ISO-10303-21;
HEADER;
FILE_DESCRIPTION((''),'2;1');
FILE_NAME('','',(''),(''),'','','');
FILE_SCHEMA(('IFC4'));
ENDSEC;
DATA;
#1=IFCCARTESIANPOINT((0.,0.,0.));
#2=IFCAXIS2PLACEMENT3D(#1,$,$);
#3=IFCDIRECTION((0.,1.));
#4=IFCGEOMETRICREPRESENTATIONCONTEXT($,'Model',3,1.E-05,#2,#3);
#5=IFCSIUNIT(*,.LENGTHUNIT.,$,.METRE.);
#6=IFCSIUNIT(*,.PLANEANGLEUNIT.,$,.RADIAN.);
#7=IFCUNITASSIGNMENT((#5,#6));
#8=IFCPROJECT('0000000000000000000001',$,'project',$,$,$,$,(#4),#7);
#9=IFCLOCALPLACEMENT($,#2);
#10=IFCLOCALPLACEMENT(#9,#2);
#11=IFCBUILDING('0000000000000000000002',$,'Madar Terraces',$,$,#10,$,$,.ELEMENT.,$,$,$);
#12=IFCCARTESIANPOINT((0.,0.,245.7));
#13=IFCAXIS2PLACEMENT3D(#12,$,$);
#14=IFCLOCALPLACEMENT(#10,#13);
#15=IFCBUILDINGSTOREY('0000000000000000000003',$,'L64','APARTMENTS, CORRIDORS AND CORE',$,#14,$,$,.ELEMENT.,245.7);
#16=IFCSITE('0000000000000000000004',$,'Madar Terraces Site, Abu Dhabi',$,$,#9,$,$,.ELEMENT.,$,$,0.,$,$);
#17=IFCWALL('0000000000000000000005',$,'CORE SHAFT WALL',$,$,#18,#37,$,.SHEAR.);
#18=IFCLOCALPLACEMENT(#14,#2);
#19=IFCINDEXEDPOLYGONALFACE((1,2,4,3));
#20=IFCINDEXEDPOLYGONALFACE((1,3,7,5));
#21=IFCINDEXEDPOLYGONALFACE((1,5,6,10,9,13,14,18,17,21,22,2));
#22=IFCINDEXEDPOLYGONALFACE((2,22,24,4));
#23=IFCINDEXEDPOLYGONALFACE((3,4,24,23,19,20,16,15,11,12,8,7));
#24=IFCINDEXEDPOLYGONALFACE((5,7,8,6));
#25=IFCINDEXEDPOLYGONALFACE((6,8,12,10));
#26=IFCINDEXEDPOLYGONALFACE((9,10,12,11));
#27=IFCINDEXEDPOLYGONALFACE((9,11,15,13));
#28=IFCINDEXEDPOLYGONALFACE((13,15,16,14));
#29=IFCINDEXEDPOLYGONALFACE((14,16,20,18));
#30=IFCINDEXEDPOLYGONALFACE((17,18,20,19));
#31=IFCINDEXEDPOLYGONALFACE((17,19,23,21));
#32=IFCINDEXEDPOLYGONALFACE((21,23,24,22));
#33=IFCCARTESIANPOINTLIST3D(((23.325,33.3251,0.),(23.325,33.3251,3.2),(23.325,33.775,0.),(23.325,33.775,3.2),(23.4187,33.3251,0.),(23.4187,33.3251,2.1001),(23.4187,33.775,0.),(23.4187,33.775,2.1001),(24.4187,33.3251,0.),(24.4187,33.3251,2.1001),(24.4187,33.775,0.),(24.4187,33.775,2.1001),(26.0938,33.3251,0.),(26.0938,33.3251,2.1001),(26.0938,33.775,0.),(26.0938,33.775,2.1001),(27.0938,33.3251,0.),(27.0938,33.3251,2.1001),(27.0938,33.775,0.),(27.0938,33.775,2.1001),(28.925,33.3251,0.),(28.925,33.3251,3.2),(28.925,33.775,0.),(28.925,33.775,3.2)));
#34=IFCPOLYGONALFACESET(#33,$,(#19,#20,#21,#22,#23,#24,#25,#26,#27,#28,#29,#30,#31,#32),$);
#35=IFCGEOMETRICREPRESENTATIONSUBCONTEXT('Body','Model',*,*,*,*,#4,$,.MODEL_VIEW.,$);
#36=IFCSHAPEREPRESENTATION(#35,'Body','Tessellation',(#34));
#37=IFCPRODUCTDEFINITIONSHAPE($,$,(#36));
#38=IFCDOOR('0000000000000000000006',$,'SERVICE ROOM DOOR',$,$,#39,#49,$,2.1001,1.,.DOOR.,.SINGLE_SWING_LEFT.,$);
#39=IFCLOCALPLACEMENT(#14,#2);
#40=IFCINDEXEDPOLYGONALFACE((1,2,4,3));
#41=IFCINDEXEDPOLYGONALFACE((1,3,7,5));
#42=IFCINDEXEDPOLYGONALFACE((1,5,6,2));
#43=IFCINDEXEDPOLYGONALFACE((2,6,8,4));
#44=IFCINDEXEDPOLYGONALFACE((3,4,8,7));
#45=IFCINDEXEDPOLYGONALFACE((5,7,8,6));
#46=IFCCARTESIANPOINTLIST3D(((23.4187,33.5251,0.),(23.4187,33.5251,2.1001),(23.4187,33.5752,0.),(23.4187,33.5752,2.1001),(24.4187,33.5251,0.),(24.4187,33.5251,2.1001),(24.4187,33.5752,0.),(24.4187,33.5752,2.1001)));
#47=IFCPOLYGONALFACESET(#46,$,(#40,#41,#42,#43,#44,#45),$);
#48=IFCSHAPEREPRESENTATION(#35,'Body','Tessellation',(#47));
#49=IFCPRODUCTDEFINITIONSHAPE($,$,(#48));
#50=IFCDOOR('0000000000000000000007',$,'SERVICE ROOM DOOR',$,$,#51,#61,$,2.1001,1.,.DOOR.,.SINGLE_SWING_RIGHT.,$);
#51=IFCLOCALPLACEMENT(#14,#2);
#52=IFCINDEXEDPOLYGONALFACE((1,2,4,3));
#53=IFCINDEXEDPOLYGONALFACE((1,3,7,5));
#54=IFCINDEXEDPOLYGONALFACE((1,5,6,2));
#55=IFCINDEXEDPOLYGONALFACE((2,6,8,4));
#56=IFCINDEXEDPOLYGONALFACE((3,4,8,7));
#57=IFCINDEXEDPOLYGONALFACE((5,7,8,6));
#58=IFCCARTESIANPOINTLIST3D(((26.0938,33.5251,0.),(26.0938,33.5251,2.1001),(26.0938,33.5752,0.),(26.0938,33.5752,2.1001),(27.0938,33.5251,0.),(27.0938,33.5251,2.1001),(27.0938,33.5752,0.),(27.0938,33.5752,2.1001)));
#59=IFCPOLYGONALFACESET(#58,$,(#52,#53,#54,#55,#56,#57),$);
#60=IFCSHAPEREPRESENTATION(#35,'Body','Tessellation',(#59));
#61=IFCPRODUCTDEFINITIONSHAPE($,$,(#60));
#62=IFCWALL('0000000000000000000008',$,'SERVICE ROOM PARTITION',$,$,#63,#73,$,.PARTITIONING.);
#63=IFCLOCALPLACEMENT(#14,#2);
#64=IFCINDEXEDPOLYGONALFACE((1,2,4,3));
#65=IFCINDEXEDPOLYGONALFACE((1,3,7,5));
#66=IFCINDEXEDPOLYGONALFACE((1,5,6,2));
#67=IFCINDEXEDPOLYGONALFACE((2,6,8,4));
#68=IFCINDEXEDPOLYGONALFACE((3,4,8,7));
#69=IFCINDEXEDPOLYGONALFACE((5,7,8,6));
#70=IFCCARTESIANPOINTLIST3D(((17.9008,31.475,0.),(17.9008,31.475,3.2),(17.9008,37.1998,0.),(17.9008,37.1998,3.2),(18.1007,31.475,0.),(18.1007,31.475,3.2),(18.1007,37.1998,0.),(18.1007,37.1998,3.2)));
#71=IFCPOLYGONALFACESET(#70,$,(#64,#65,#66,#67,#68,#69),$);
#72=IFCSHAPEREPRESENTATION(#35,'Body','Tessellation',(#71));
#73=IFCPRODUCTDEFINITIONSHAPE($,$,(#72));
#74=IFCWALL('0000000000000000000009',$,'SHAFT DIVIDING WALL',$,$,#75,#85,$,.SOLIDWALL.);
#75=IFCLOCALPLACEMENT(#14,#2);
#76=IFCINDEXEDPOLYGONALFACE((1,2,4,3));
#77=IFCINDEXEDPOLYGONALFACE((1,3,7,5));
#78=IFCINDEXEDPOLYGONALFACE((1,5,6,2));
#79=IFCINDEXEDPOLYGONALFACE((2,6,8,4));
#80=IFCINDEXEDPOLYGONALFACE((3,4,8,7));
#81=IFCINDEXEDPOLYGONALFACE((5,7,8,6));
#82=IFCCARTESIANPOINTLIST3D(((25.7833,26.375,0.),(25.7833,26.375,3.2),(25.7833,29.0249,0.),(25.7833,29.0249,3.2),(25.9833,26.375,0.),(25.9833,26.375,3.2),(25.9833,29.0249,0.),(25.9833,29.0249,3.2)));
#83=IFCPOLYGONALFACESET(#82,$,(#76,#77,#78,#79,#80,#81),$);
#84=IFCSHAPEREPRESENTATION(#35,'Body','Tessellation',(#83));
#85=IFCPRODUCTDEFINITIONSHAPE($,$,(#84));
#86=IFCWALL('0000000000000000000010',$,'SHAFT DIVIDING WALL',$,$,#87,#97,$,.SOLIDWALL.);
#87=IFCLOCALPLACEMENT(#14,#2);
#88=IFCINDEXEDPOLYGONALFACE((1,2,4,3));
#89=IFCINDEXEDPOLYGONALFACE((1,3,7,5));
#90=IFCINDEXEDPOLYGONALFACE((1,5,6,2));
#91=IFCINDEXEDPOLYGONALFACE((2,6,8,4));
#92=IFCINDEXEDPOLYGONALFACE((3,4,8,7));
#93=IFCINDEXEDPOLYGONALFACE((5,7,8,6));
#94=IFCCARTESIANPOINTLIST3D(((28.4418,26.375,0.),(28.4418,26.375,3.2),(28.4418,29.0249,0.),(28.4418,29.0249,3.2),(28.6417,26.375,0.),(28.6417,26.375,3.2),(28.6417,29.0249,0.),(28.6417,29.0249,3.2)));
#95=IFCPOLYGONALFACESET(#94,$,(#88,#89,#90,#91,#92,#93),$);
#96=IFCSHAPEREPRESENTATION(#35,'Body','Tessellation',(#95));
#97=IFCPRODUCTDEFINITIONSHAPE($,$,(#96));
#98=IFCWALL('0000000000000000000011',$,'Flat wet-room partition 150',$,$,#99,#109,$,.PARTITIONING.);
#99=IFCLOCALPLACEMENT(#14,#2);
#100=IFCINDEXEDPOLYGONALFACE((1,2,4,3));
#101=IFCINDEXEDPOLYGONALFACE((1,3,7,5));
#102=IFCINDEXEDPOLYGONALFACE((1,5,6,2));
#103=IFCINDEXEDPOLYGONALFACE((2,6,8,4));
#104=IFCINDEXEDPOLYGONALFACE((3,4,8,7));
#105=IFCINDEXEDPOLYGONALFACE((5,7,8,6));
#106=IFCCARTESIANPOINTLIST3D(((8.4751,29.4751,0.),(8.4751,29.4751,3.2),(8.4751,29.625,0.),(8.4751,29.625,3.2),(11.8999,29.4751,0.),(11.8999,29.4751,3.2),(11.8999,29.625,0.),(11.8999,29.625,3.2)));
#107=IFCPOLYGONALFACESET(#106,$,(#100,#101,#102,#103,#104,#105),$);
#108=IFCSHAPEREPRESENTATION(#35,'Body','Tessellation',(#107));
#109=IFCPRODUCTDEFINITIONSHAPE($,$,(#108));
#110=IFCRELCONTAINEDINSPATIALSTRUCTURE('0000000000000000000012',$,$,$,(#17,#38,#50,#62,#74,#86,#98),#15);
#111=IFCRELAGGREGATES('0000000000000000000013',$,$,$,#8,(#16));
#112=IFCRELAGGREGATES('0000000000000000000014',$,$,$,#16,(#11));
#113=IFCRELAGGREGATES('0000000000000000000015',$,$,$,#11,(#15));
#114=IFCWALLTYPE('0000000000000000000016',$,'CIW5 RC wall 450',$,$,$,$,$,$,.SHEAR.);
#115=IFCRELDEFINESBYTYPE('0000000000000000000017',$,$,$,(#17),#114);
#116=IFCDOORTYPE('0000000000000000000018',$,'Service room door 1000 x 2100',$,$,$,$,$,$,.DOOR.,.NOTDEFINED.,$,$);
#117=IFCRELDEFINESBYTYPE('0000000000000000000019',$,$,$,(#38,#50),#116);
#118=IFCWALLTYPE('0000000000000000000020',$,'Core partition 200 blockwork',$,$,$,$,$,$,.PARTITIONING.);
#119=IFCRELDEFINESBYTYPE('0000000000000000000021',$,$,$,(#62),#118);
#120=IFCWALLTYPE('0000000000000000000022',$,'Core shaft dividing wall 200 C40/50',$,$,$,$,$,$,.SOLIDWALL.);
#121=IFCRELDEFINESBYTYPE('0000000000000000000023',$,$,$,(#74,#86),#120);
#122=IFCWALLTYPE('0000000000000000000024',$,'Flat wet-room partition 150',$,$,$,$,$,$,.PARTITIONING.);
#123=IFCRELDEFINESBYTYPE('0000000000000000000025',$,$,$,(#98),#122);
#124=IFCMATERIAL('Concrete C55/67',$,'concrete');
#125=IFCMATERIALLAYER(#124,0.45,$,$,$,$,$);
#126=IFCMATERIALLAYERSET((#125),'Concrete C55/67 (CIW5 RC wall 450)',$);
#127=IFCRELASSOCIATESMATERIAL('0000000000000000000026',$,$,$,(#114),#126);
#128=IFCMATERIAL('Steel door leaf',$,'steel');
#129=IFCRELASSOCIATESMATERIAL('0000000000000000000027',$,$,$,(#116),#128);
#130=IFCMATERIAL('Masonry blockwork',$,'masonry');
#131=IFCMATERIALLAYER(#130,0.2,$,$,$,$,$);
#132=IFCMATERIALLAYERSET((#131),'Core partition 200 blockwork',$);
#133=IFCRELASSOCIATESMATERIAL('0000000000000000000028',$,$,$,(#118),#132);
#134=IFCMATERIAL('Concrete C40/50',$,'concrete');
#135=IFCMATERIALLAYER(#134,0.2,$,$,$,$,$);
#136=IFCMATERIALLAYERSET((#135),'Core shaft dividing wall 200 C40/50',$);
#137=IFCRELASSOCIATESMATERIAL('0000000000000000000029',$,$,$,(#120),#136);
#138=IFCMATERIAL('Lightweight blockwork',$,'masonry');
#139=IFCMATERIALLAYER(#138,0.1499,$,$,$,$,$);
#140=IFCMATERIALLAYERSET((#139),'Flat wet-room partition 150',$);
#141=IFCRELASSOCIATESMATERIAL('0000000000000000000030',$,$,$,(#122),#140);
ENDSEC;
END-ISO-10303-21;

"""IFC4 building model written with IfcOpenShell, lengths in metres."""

from ifc_helpers import new_model, si_unit, direction, frame, frame_2d, origin, place, context, subcontext, project, spatial, rectangle, extrude, material, layer, layer_set, type_object, element, fill, save


model = new_model("IFC4")

# Units and contexts
model_context = context("Model", 3, precision=1e-05, world=origin(), true_north=direction((0.0, 1.0)))
body_context = subcontext(model_context, "Body", "Model", "MODEL_VIEW")
ifc_project = project(units=[si_unit("LENGTHUNIT", "METRE"), si_unit("PLANEANGLEUNIT", "RADIAN")], contexts=[model_context])

# Site, building, storey
site_placement = place(None, origin())
site = spatial("IfcSite", under=ifc_project, at=site_placement, Name="Madar Terraces Site, Abu Dhabi", CompositionType="ELEMENT", RefElevation=0.0)
building_placement = place(site_placement, origin())
building = spatial("IfcBuilding", under=site, at=building_placement, Name="Madar Terraces", CompositionType="ELEMENT")
storey_placement = place(building_placement, frame((0.0, 0.0, 245.7)))
storey = spatial("IfcBuildingStorey", under=building, at=storey_placement, Name="L64", Description="APARTMENTS, CORRIDORS AND CORE", CompositionType="ELEMENT", Elevation=245.7)

# Shared definitions
ifc_material_1 = material(Name="Concrete C55/67", Category="concrete")
ifc_layer_1 = layer(ifc_material_1, 0.45)
ifc_layer_set_1 = layer_set([ifc_layer_1], Name="Concrete C55/67 (CIW5 RC wall 450)")
wall_type_1 = type_object("IfcWallType", Name="CIW5 RC wall 450", PredefinedType="SHEAR", material=ifc_layer_set_1)

# Wall, openings, doors
wall_1_placement = place(storey_placement, frame((23.325, 33.55, 0.0), z_axis=(0.0, 0.0, 1.0), x_axis=(1.0, 0.0, 0.0)))
wall_1 = element("IfcWall", 1, at=wall_1_placement, inside=storey, type_object=wall_type_1, Name="CORE SHAFT WALL", PredefinedType="SHEAR", context=body_context, shape_type="SweptSolid", body=[
    extrude(rectangle(XDim=5.6001, YDim=0.45, at=frame_2d((2.8, 0.0))), origin(), (0.0, 0.0, 1.0), 3.2),
])
opening_1_placement = place(wall_1_placement, frame((0.0938, 0.0, 0.0)))
opening_1 = element("IfcOpeningElement", 2, at=opening_1_placement, cuts=wall_1, PredefinedType="OPENING", context=body_context, shape_type="SweptSolid", body=[
    extrude(rectangle(XDim=1.0, YDim=2.1001, at=frame_2d((0.5, 1.05))), frame((0.0, 0.2349, 0.0), z_axis=(0.0, -1.0, 0.0), x_axis=(1.0, 0.0, 0.0)), (0.0, 0.0, 1.0), 0.47),
])
opening_2_placement = place(wall_1_placement, frame((2.7688, 0.0, 0.0)))
opening_2 = element("IfcOpeningElement", 3, at=opening_2_placement, cuts=wall_1, PredefinedType="OPENING", context=body_context, shape_type="SweptSolid", body=[
    extrude(rectangle(XDim=1.0, YDim=2.1001, at=frame_2d((0.5, 1.05))), frame((0.0, 0.2349, 0.0), z_axis=(0.0, -1.0, 0.0), x_axis=(1.0, 0.0, 0.0)), (0.0, 0.0, 1.0), 0.47),
])
ifc_material_2 = material(Name="Steel door leaf", Category="steel")
door_type_1 = type_object("IfcDoorType", Name="Service room door 1000 x 2100", OperationType="NOTDEFINED", PredefinedType="DOOR", material=ifc_material_2)
door_1_placement = place(opening_1_placement, frame((1.0, 0.0, 0.0), z_axis=(0.0, 0.0, 1.0), x_axis=(-1.0, 0.0, 0.0)))
door_1 = element("IfcDoor", 4, at=door_1_placement, inside=storey, type_object=door_type_1, Name="SERVICE ROOM DOOR", OperationType="SINGLE_SWING_LEFT", OverallHeight=2.1001, OverallWidth=1.0, PredefinedType="DOOR", context=body_context, shape_type="SweptSolid", body=[
    extrude(rectangle(XDim=1.0, YDim=2.1001, at=frame_2d((0.5, 1.05))), frame((0.0, 0.0249, 0.0), z_axis=(0.0, -1.0, 0.0), x_axis=(1.0, 0.0, 0.0)), (0.0, 0.0, 1.0), 0.05),
])
fill(opening_1, door_1)
door_2_placement = place(opening_2_placement, frame((1.0, 0.0, 0.0), z_axis=(0.0, 0.0, 1.0), x_axis=(-1.0, 0.0, 0.0)))
door_2 = element("IfcDoor", 5, at=door_2_placement, inside=storey, type_object=door_type_1, Name="SERVICE ROOM DOOR", OperationType="SINGLE_SWING_RIGHT", OverallHeight=2.1001, OverallWidth=1.0, PredefinedType="DOOR", context=body_context, shape_type="SweptSolid", body=[
    extrude(rectangle(XDim=1.0, YDim=2.1001, at=frame_2d((0.5, 1.05))), frame((0.0, 0.0249, 0.0), z_axis=(0.0, -1.0, 0.0), x_axis=(1.0, 0.0, 0.0)), (0.0, 0.0, 1.0), 0.05),
])
fill(opening_2, door_2)

# Walls
ifc_material_3 = material(Name="Masonry blockwork", Category="masonry")
ifc_layer_2 = layer(ifc_material_3, 0.2)
ifc_layer_set_2 = layer_set([ifc_layer_2], Name="Core partition 200 blockwork")
wall_type_2 = type_object("IfcWallType", Name="Core partition 200 blockwork", PredefinedType="PARTITIONING", material=ifc_layer_set_2)
wall_2_placement = place(storey_placement, frame((18.0007, 31.4751, 0.0), z_axis=(0.0, 0.0, 1.0), x_axis=(0.0, 1.0, 0.0)))
element("IfcWall", 6, at=wall_2_placement, inside=storey, type_object=wall_type_2, Name="SERVICE ROOM PARTITION", PredefinedType="PARTITIONING", context=body_context, shape_type="SweptSolid", body=[
    extrude(rectangle(XDim=5.7249, YDim=0.2, at=frame_2d((2.8623, 0.0))), origin(), (0.0, 0.0, 1.0), 3.2),
])
ifc_material_4 = material(Name="Concrete C40/50", Category="concrete")
ifc_layer_3 = layer(ifc_material_4, 0.2)
ifc_layer_set_3 = layer_set([ifc_layer_3], Name="Core shaft dividing wall 200 C40/50")
wall_type_3 = type_object("IfcWallType", Name="Core shaft dividing wall 200 C40/50", PredefinedType="SOLIDWALL", material=ifc_layer_set_3)
for number, where, z_axis, x_axis, name in (
    (7, (25.8833, 26.375, 0.0), (0.0, 0.0, 1.0), (0.0, 1.0, 0.0), "SHAFT DIVIDING WALL"),
    (8, (28.5417, 26.375, 0.0), (0.0, 0.0, 1.0), (0.0, 1.0, 0.0), "SHAFT DIVIDING WALL"),
):
    element("IfcWall", number, at=place(storey_placement, frame(where, z_axis=z_axis, x_axis=x_axis)), inside=storey, type_object=wall_type_3, Name=name, PredefinedType="SOLIDWALL", context=body_context, shape_type="SweptSolid", body=[
        extrude(rectangle(XDim=2.6499, YDim=0.2, at=frame_2d((1.325, 0.0))), origin(), (0.0, 0.0, 1.0), 3.2),
    ])
ifc_material_5 = material(Name="Lightweight blockwork", Category="masonry")
ifc_layer_4 = layer(ifc_material_5, 0.1499)
ifc_layer_set_4 = layer_set([ifc_layer_4], Name="Flat wet-room partition 150")
wall_type_4 = type_object("IfcWallType", Name="Flat wet-room partition 150", PredefinedType="PARTITIONING", material=ifc_layer_set_4)
wall_3_placement = place(storey_placement, frame((11.8999, 29.55, 0.0), z_axis=(0.0, 0.0, 1.0), x_axis=(-1.0, 0.0, 0.0)))
element("IfcWall", 9, at=wall_3_placement, inside=storey, type_object=wall_type_4, Name="Flat wet-room partition 150", PredefinedType="PARTITIONING", context=body_context, shape_type="SweptSolid", body=[
    extrude(rectangle(XDim=3.4248, YDim=0.1499, at=frame_2d((1.7124, 0.0))), origin(), (0.0, 0.0, 1.0), 3.2),
])

save(model, "model.ifc")
